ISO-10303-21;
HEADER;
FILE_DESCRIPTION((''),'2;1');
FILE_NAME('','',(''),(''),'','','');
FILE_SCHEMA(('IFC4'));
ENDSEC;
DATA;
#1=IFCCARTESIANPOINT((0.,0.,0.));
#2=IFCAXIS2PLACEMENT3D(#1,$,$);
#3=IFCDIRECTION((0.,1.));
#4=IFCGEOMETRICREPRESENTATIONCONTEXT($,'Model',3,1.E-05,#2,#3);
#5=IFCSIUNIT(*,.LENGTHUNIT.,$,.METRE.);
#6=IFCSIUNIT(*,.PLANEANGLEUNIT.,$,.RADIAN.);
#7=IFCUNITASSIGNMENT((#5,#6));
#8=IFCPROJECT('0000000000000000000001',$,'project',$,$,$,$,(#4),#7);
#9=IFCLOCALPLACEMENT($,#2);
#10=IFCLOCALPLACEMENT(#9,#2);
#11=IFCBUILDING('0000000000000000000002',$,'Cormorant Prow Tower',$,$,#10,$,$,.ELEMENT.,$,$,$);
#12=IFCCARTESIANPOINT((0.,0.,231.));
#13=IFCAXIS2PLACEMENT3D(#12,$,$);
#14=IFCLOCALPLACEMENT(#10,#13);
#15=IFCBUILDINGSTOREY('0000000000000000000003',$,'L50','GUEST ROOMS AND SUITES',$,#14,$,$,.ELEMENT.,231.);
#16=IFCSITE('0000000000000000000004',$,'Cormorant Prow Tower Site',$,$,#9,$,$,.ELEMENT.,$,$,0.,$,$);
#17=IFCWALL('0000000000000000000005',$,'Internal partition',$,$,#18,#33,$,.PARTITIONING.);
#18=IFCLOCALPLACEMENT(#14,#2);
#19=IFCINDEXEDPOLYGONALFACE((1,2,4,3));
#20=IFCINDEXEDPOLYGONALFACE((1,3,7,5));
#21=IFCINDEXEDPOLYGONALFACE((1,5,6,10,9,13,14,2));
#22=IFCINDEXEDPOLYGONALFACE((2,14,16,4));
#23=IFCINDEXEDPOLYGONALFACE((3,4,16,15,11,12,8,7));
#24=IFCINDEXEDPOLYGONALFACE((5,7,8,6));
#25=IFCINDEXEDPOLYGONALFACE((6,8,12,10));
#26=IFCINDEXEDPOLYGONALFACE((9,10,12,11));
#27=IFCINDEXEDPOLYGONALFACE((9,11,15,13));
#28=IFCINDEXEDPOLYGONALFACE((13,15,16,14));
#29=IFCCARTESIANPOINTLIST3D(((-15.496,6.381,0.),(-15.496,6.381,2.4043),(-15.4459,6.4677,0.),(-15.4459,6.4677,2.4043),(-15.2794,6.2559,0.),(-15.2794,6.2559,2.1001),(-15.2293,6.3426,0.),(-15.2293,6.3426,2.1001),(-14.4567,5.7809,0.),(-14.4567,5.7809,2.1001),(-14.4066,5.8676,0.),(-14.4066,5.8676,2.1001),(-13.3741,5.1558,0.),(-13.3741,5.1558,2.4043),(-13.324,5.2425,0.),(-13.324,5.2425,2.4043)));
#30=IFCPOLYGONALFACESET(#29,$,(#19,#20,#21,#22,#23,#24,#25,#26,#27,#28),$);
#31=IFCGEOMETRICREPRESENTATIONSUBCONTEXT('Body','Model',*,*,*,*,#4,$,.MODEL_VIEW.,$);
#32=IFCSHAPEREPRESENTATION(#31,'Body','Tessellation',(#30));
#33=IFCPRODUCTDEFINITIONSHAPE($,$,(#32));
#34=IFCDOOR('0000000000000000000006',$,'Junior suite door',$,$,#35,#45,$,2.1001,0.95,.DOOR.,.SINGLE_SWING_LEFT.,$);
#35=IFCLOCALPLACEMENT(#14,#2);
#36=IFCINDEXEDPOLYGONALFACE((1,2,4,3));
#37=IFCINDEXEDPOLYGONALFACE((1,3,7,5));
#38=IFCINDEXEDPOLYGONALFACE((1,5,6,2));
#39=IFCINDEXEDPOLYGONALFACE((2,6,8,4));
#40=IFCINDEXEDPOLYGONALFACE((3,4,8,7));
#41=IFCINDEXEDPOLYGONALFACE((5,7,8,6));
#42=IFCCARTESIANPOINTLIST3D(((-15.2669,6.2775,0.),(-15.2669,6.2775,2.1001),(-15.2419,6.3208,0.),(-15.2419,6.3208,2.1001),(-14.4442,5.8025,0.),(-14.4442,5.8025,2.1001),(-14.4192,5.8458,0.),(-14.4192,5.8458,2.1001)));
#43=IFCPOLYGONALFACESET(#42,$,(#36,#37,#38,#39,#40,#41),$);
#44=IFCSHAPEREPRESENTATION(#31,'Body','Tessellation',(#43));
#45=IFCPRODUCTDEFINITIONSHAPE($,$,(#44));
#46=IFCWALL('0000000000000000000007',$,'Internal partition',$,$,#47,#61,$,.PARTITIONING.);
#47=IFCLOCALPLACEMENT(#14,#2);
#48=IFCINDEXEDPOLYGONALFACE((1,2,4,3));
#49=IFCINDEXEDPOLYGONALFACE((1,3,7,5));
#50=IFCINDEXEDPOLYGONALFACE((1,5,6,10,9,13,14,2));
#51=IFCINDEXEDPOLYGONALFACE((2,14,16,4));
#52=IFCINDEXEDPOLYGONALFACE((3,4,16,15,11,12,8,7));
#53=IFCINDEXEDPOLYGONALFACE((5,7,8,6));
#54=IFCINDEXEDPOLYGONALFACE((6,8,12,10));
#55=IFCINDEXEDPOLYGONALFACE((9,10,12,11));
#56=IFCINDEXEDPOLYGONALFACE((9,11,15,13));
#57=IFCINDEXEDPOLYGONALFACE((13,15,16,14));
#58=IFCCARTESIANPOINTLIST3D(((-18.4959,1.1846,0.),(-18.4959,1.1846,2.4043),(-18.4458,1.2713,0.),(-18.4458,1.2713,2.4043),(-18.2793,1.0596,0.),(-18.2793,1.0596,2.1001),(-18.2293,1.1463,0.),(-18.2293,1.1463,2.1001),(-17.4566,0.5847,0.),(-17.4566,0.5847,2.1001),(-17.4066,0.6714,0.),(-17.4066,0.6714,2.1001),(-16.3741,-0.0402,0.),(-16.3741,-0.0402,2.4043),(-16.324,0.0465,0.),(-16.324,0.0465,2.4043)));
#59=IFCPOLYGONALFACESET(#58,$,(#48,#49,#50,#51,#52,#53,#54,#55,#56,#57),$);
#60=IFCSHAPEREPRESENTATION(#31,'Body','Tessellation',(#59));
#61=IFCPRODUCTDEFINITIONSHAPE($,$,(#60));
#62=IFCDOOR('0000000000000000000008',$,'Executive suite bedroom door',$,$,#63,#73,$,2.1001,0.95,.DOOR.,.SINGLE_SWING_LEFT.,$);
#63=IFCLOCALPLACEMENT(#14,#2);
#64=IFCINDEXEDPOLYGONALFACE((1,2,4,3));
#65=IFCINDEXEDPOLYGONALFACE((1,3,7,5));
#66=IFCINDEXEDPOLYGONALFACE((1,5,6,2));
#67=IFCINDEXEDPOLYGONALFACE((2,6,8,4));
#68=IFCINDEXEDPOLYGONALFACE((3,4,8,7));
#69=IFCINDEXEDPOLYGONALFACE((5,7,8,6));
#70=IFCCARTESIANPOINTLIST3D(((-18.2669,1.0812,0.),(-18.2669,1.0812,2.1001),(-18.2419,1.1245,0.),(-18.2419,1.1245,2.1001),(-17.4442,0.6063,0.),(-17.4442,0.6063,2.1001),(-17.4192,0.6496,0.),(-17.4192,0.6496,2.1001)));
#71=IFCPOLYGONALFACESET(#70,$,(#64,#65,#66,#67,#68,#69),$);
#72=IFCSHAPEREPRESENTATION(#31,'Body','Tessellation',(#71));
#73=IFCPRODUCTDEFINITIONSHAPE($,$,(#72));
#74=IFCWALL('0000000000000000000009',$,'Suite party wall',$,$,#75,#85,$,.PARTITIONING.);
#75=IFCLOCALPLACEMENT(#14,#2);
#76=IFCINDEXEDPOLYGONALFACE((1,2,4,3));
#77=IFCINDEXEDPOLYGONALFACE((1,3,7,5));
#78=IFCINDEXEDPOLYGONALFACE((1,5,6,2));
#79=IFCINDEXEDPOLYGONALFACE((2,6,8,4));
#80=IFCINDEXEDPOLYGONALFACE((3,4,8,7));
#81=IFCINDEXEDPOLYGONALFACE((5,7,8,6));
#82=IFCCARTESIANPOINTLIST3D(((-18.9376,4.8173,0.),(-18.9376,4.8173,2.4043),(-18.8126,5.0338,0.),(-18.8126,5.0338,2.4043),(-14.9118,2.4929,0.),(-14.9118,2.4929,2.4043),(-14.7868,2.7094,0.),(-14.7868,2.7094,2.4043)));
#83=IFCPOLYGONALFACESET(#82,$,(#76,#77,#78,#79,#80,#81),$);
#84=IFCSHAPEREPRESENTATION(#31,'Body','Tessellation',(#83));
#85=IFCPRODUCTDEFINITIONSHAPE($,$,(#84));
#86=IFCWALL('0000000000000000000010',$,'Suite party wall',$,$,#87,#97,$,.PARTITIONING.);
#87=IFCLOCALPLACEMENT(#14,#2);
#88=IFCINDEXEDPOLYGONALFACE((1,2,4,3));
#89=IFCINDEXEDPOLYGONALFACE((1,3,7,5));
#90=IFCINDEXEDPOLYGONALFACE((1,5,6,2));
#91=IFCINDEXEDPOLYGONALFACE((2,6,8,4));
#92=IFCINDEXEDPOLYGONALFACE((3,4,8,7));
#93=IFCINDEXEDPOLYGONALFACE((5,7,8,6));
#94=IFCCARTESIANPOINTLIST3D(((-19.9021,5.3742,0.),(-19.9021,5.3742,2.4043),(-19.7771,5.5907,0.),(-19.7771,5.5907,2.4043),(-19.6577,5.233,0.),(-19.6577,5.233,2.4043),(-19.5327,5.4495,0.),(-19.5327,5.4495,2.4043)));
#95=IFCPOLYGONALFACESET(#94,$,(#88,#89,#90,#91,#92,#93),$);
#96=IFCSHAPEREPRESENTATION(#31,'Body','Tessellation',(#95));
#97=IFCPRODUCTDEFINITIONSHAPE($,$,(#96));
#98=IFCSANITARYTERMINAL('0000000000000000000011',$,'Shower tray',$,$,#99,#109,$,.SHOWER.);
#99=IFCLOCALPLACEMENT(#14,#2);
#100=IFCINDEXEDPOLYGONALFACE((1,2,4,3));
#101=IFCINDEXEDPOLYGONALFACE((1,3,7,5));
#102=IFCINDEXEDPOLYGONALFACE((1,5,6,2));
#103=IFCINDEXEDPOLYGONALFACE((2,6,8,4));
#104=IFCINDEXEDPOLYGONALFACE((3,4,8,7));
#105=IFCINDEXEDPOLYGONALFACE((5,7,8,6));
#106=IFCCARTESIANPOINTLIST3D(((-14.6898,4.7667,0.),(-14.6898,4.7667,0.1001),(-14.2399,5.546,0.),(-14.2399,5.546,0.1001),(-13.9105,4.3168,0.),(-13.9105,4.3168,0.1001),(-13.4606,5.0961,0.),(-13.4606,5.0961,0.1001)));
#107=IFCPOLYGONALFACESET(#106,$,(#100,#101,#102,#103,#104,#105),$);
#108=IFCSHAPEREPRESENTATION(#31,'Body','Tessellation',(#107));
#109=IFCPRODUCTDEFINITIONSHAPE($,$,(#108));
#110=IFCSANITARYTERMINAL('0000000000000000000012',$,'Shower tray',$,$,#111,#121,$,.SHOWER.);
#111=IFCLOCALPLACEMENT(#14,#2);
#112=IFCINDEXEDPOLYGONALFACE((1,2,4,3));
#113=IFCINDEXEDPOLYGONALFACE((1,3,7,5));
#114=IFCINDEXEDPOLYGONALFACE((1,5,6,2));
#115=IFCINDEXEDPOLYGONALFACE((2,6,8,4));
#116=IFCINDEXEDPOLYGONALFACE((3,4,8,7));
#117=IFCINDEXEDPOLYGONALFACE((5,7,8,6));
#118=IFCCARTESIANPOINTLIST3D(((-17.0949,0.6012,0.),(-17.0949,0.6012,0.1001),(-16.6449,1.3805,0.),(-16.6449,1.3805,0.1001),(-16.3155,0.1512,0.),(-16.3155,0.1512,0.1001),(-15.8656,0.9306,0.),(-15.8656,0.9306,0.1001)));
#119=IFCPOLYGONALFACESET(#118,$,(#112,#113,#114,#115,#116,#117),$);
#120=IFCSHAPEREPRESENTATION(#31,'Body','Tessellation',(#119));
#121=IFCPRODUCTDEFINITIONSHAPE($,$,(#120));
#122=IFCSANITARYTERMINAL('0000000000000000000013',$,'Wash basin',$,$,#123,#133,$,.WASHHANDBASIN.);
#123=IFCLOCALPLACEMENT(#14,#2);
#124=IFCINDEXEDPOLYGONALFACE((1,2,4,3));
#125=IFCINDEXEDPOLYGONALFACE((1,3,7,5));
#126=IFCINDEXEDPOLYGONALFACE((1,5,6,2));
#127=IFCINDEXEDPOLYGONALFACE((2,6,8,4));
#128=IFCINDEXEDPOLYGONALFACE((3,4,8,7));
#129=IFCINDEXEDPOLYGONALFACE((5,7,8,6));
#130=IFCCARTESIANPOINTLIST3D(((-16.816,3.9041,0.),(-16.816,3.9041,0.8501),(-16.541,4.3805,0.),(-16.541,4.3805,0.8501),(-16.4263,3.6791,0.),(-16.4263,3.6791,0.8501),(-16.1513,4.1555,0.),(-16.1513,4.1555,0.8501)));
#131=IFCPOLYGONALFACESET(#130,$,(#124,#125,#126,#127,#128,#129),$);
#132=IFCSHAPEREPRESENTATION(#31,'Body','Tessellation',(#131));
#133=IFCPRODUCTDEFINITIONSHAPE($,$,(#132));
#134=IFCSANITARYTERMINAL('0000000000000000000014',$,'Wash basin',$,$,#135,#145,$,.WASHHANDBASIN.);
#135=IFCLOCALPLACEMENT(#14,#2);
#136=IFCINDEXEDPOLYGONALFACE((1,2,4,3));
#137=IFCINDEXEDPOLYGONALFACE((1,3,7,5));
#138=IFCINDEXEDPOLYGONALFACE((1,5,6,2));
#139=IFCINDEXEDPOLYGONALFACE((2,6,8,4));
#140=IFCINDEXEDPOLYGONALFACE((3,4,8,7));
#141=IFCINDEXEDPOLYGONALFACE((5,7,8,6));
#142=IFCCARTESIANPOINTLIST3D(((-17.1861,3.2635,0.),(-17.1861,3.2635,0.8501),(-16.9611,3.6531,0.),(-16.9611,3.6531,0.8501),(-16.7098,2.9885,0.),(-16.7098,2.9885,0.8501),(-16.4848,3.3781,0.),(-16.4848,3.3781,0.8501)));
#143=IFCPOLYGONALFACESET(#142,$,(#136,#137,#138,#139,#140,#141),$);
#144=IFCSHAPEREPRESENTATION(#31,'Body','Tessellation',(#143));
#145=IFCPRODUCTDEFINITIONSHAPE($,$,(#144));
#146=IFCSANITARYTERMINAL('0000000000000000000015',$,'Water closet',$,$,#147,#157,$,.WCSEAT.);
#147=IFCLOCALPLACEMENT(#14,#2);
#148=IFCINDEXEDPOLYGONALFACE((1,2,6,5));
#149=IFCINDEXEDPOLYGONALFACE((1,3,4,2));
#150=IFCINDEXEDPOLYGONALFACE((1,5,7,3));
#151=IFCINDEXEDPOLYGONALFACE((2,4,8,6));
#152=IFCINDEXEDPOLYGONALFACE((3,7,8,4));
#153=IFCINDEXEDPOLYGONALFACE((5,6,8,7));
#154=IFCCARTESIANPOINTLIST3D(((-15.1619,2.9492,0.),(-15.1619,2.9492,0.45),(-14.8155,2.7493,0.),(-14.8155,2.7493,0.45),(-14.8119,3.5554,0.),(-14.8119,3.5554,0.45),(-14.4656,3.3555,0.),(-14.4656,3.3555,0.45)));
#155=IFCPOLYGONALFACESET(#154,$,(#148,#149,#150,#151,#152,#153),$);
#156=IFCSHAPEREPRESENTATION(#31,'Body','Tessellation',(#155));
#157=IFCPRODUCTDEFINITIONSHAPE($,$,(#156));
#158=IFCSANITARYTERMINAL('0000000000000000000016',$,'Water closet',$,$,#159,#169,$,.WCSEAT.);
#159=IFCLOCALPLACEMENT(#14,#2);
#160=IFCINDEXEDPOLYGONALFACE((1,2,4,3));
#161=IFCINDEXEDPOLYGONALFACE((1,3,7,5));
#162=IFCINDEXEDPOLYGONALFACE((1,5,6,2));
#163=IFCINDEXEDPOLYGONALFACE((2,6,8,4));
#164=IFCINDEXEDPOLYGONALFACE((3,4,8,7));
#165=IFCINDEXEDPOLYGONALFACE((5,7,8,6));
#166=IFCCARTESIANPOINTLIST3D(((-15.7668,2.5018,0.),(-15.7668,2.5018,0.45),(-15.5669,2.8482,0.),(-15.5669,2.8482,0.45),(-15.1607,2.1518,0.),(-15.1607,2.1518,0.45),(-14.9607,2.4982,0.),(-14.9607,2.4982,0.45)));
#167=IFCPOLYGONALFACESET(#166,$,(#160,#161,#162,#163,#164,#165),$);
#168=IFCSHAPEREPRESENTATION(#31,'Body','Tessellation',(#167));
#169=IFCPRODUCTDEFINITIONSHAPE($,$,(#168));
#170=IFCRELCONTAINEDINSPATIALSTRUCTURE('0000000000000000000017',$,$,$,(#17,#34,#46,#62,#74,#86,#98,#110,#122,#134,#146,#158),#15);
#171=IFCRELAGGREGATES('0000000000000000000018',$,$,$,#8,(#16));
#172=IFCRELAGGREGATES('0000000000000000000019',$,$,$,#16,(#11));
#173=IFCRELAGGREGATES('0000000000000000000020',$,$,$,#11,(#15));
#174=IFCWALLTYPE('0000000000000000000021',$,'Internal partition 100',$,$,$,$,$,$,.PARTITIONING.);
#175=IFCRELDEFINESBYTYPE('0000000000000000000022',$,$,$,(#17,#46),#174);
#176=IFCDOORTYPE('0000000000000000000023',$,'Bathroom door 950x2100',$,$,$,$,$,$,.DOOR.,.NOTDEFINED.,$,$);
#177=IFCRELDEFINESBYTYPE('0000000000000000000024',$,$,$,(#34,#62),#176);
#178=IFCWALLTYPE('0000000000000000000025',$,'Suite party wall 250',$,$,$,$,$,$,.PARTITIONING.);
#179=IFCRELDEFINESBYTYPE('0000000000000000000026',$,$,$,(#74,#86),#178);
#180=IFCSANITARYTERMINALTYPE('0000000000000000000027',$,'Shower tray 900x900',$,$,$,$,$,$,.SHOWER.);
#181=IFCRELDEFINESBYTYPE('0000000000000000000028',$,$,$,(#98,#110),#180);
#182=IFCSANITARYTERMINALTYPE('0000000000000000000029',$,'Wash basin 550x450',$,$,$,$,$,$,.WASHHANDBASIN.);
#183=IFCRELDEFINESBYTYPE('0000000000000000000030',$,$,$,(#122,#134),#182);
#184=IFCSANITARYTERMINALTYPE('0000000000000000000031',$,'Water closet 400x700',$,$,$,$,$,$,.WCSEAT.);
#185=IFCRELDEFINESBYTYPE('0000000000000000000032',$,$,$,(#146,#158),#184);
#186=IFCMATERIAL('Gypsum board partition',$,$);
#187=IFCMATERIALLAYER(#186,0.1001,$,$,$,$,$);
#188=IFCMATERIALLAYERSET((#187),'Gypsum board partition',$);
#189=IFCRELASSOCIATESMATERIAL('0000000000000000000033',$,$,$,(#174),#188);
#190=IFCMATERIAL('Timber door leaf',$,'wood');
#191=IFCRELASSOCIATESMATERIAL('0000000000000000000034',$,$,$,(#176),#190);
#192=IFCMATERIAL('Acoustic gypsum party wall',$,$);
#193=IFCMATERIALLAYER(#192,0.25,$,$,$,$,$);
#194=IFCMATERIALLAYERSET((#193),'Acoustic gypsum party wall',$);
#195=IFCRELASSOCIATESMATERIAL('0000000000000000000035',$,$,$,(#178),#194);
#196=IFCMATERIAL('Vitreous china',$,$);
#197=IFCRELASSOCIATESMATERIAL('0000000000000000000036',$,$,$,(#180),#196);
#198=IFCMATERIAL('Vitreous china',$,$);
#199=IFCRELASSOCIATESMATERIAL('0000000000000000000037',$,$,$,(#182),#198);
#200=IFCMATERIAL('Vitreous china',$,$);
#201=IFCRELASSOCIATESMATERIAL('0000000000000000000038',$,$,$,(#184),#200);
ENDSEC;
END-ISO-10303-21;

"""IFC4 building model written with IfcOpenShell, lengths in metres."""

from ifc_helpers import new_model, si_unit, direction, frame, frame_2d, origin, origin_2d, place, context, subcontext, project, spatial, rectangle, extrude, material, layer, layer_set, type_object, element, fill, save


model = new_model("IFC4")

# Units and contexts
model_context = context("Model", 3, precision=1e-05, world=origin(), true_north=direction((0.0, 1.0)))
body_context = subcontext(model_context, "Body", "Model", "MODEL_VIEW")
ifc_project = project(units=[si_unit("LENGTHUNIT", "METRE"), si_unit("PLANEANGLEUNIT", "RADIAN")], contexts=[model_context])

# Site, building, storey
site_placement = place(None, origin())
site = spatial("IfcSite", under=ifc_project, at=site_placement, Name="Cormorant Prow Tower Site", CompositionType="ELEMENT", RefElevation=0.0)
building_placement = place(site_placement, origin())
building = spatial("IfcBuilding", under=site, at=building_placement, Name="Cormorant Prow Tower", CompositionType="ELEMENT")
storey_placement = place(building_placement, frame((0.0, 0.0, 231.0)))
storey = spatial("IfcBuildingStorey", under=building, at=storey_placement, Name="L50", Description="GUEST ROOMS AND SUITES", CompositionType="ELEMENT", Elevation=231.0)

# Shared definitions
ifc_material_1 = material(Name="Gypsum board partition")
ifc_layer_1 = layer(ifc_material_1, 0.1001)
ifc_layer_set_1 = layer_set([ifc_layer_1], Name="Gypsum board partition")
wall_type_1 = type_object("IfcWallType", Name="Internal partition 100", PredefinedType="PARTITIONING", material=ifc_layer_set_1)

# Walls, openings, doors
wall_1_placement = place(storey_placement, frame((-15.4709, 6.4243, 0.0), z_axis=(0.0, 0.0, 1.0), x_axis=(0.866015, -0.500019, 0.0)))
wall_1 = element("IfcWall", 1, at=wall_1_placement, inside=storey, type_object=wall_type_1, Name="Internal partition", PredefinedType="PARTITIONING", context=body_context, shape_type="SweptSolid", body=[
    extrude(rectangle(XDim=2.4502, YDim=0.1001, at=frame_2d((1.2251, 0.0))), origin(), (0.0, 0.0, 1.0), 2.4043),
])
opening_1_placement = place(wall_1_placement, frame((0.25, 0.0, 0.0)))
opening_1 = element("IfcOpeningElement", 2, at=opening_1_placement, cuts=wall_1, PredefinedType="OPENING", context=body_context, shape_type="SweptSolid", body=[
    extrude(rectangle(XDim=0.95, YDim=2.1001, at=frame_2d((0.4751, 1.05))), frame((0.0, 0.0601, 0.0), z_axis=(0.0, -1.0, 0.0), x_axis=(1.0, 0.0, 0.0)), (0.0, 0.0, 1.0), 0.1201),
])
ifc_material_2 = material(Name="Timber door leaf", Category="wood")
door_type_1 = type_object("IfcDoorType", Name="Bathroom door 950x2100", OperationType="NOTDEFINED", PredefinedType="DOOR", material=ifc_material_2)
door_1_placement = place(opening_1_placement, origin())
door_1 = element("IfcDoor", 3, at=door_1_placement, inside=storey, type_object=door_type_1, Name="Junior suite door", OperationType="SINGLE_SWING_LEFT", OverallHeight=2.1001, OverallWidth=0.95, PredefinedType="DOOR", context=body_context, shape_type="SweptSolid", body=[
    extrude(rectangle(XDim=0.95, YDim=2.1001, at=frame_2d((0.4751, 1.05))), frame((0.0, 0.0249, 0.0), z_axis=(0.0, -1.0, 0.0), x_axis=(1.0, 0.0, 0.0)), (0.0, 0.0, 1.0), 0.05),
])
fill(opening_1, door_1)
wall_2_placement = place(storey_placement, frame((-18.4709, 1.228, 0.0), z_axis=(0.0, 0.0, 1.0), x_axis=(0.866058, -0.499944, 0.0)))
wall_2 = element("IfcWall", 4, at=wall_2_placement, inside=storey, type_object=wall_type_1, Name="Internal partition", PredefinedType="PARTITIONING", context=body_context, shape_type="SweptSolid", body=[
    extrude(rectangle(XDim=2.45, YDim=0.1001, at=frame_2d((1.2251, 0.0))), origin(), (0.0, 0.0, 1.0), 2.4043),
])
opening_2_placement = place(wall_2_placement, frame((0.25, 0.0, 0.0)))
opening_2 = element("IfcOpeningElement", 5, at=opening_2_placement, cuts=wall_2, PredefinedType="OPENING", context=body_context, shape_type="SweptSolid", body=[
    extrude(rectangle(XDim=0.95, YDim=2.1001, at=frame_2d((0.4751, 1.05))), frame((0.0, 0.0601, 0.0), z_axis=(0.0, -1.0, 0.0), x_axis=(1.0, 0.0, 0.0)), (0.0, 0.0, 1.0), 0.1201),
])
door_2_placement = place(opening_2_placement, origin())
door_2 = element("IfcDoor", 6, at=door_2_placement, inside=storey, type_object=door_type_1, Name="Executive suite bedroom door", OperationType="SINGLE_SWING_LEFT", OverallHeight=2.1001, OverallWidth=0.95, PredefinedType="DOOR", context=body_context, shape_type="SweptSolid", body=[
    extrude(rectangle(XDim=0.95, YDim=2.1001, at=frame_2d((0.4751, 1.05))), frame((0.0, 0.0249, 0.0), z_axis=(0.0, -1.0, 0.0), x_axis=(1.0, 0.0, 0.0)), (0.0, 0.0, 1.0), 0.05),
])
fill(opening_2, door_2)

# Walls
ifc_material_3 = material(Name="Acoustic gypsum party wall")
ifc_layer_2 = layer(ifc_material_3, 0.25)
ifc_layer_set_2 = layer_set([ifc_layer_2], Name="Acoustic gypsum party wall")
wall_type_2 = type_object("IfcWallType", Name="Suite party wall 250", PredefinedType="PARTITIONING", material=ifc_layer_set_2)
wall_3_placement = place(storey_placement, frame((-18.875, 4.9255, 0.0), z_axis=(0.0, 0.0, 1.0), x_axis=(0.866014, -0.500019, 0.0)))
element("IfcWall", 7, at=wall_3_placement, inside=storey, type_object=wall_type_2, Name="Suite party wall", PredefinedType="PARTITIONING", context=body_context, shape_type="SweptSolid", body=[
    extrude(rectangle(XDim=4.6487, YDim=0.25, at=frame_2d((2.3242, 0.0))), origin(), (0.0, 0.0, 1.0), 2.4043),
])
wall_4_placement = place(storey_placement, frame((-19.8396, 5.4824, 0.0), z_axis=(0.0, 0.0, 1.0), x_axis=(0.865998, -0.500047, 0.0)))
element("IfcWall", 8, at=wall_4_placement, inside=storey, type_object=wall_type_2, Name="Suite party wall", PredefinedType="PARTITIONING", context=body_context, shape_type="SweptSolid", body=[
    extrude(rectangle(XDim=0.2822, YDim=0.25, at=frame_2d((0.1411, 0.0))), origin(), (0.0, 0.0, 1.0), 2.4043),
])

# Sanitary terminals
ifc_material_4 = material(Name="Vitreous china")
sanitary_terminal_type_1 = type_object("IfcSanitaryTerminalType", Name="Shower tray 900x900", PredefinedType="SHOWER", material=ifc_material_4)
for number, where, z_axis, x_axis, name in (
    (9, (-14.0752, 4.9314, 0.0), (0.0, 0.0, 1.0), (-0.5, -0.866025, 0.0), "Shower tray"),
    (10, (-16.4802, 0.7659, 0.0), (0.0, 0.0, 1.0), (-0.866025, 0.5, 0.0), "Shower tray"),
):
    element("IfcSanitaryTerminal", number, at=place(storey_placement, frame(where, z_axis=z_axis, x_axis=x_axis)), inside=storey, type_object=sanitary_terminal_type_1, Name=name, PredefinedType="SHOWER", context=body_context, shape_type="SweptSolid", body=[
        extrude(rectangle(XDim=0.8999, YDim=0.8999, at=origin_2d()), origin(), (0.0, 0.0, 1.0), 0.1001),
    ])
ifc_material_5 = material(Name="Vitreous china")
sanitary_terminal_type_2 = type_object("IfcSanitaryTerminalType", Name="Wash basin 550x450", PredefinedType="WASHHANDBASIN", material=ifc_material_5)
for number, where, z_axis, x_axis, name in (
    (11, (-16.4836, 4.0298, 0.0), (0.0, 0.0, 1.0), (0.5, 0.866025, 0.0), "Wash basin"),
    (12, (-16.8354, 3.3208, 0.0), (0.0, 0.0, 1.0), (0.866025, -0.5, 0.0), "Wash basin"),
):
    element("IfcSanitaryTerminal", number, at=place(storey_placement, frame(where, z_axis=z_axis, x_axis=x_axis)), inside=storey, type_object=sanitary_terminal_type_2, Name=name, PredefinedType="WASHHANDBASIN", context=body_context, shape_type="SweptSolid", body=[
        extrude(rectangle(XDim=0.55, YDim=0.45, at=origin_2d()), origin(), (0.0, 0.0, 1.0), 0.8501),
    ])
ifc_material_6 = material(Name="Vitreous china")
sanitary_terminal_type_3 = type_object("IfcSanitaryTerminalType", Name="Water closet 400x700", PredefinedType="WCSEAT", material=ifc_material_6)
for number, where, z_axis, x_axis, name in (
    (13, (-14.8137, 3.1523, 0.0), (0.0, 0.0, 1.0), (-0.866025, 0.5, 0.0), "Water closet"),
    (14, (-15.3638, 2.5, 0.0), (0.0, 0.0, 1.0), (-0.5, -0.866025, 0.0), "Water closet"),
):
    element("IfcSanitaryTerminal", number, at=place(storey_placement, frame(where, z_axis=z_axis, x_axis=x_axis)), inside=storey, type_object=sanitary_terminal_type_3, Name=name, PredefinedType="WCSEAT", context=body_context, shape_type="SweptSolid", body=[
        extrude(rectangle(XDim=0.3999, YDim=0.7, at=origin_2d()), origin(), (0.0, 0.0, 1.0), 0.45),
    ])

save(model, "model.ifc")
